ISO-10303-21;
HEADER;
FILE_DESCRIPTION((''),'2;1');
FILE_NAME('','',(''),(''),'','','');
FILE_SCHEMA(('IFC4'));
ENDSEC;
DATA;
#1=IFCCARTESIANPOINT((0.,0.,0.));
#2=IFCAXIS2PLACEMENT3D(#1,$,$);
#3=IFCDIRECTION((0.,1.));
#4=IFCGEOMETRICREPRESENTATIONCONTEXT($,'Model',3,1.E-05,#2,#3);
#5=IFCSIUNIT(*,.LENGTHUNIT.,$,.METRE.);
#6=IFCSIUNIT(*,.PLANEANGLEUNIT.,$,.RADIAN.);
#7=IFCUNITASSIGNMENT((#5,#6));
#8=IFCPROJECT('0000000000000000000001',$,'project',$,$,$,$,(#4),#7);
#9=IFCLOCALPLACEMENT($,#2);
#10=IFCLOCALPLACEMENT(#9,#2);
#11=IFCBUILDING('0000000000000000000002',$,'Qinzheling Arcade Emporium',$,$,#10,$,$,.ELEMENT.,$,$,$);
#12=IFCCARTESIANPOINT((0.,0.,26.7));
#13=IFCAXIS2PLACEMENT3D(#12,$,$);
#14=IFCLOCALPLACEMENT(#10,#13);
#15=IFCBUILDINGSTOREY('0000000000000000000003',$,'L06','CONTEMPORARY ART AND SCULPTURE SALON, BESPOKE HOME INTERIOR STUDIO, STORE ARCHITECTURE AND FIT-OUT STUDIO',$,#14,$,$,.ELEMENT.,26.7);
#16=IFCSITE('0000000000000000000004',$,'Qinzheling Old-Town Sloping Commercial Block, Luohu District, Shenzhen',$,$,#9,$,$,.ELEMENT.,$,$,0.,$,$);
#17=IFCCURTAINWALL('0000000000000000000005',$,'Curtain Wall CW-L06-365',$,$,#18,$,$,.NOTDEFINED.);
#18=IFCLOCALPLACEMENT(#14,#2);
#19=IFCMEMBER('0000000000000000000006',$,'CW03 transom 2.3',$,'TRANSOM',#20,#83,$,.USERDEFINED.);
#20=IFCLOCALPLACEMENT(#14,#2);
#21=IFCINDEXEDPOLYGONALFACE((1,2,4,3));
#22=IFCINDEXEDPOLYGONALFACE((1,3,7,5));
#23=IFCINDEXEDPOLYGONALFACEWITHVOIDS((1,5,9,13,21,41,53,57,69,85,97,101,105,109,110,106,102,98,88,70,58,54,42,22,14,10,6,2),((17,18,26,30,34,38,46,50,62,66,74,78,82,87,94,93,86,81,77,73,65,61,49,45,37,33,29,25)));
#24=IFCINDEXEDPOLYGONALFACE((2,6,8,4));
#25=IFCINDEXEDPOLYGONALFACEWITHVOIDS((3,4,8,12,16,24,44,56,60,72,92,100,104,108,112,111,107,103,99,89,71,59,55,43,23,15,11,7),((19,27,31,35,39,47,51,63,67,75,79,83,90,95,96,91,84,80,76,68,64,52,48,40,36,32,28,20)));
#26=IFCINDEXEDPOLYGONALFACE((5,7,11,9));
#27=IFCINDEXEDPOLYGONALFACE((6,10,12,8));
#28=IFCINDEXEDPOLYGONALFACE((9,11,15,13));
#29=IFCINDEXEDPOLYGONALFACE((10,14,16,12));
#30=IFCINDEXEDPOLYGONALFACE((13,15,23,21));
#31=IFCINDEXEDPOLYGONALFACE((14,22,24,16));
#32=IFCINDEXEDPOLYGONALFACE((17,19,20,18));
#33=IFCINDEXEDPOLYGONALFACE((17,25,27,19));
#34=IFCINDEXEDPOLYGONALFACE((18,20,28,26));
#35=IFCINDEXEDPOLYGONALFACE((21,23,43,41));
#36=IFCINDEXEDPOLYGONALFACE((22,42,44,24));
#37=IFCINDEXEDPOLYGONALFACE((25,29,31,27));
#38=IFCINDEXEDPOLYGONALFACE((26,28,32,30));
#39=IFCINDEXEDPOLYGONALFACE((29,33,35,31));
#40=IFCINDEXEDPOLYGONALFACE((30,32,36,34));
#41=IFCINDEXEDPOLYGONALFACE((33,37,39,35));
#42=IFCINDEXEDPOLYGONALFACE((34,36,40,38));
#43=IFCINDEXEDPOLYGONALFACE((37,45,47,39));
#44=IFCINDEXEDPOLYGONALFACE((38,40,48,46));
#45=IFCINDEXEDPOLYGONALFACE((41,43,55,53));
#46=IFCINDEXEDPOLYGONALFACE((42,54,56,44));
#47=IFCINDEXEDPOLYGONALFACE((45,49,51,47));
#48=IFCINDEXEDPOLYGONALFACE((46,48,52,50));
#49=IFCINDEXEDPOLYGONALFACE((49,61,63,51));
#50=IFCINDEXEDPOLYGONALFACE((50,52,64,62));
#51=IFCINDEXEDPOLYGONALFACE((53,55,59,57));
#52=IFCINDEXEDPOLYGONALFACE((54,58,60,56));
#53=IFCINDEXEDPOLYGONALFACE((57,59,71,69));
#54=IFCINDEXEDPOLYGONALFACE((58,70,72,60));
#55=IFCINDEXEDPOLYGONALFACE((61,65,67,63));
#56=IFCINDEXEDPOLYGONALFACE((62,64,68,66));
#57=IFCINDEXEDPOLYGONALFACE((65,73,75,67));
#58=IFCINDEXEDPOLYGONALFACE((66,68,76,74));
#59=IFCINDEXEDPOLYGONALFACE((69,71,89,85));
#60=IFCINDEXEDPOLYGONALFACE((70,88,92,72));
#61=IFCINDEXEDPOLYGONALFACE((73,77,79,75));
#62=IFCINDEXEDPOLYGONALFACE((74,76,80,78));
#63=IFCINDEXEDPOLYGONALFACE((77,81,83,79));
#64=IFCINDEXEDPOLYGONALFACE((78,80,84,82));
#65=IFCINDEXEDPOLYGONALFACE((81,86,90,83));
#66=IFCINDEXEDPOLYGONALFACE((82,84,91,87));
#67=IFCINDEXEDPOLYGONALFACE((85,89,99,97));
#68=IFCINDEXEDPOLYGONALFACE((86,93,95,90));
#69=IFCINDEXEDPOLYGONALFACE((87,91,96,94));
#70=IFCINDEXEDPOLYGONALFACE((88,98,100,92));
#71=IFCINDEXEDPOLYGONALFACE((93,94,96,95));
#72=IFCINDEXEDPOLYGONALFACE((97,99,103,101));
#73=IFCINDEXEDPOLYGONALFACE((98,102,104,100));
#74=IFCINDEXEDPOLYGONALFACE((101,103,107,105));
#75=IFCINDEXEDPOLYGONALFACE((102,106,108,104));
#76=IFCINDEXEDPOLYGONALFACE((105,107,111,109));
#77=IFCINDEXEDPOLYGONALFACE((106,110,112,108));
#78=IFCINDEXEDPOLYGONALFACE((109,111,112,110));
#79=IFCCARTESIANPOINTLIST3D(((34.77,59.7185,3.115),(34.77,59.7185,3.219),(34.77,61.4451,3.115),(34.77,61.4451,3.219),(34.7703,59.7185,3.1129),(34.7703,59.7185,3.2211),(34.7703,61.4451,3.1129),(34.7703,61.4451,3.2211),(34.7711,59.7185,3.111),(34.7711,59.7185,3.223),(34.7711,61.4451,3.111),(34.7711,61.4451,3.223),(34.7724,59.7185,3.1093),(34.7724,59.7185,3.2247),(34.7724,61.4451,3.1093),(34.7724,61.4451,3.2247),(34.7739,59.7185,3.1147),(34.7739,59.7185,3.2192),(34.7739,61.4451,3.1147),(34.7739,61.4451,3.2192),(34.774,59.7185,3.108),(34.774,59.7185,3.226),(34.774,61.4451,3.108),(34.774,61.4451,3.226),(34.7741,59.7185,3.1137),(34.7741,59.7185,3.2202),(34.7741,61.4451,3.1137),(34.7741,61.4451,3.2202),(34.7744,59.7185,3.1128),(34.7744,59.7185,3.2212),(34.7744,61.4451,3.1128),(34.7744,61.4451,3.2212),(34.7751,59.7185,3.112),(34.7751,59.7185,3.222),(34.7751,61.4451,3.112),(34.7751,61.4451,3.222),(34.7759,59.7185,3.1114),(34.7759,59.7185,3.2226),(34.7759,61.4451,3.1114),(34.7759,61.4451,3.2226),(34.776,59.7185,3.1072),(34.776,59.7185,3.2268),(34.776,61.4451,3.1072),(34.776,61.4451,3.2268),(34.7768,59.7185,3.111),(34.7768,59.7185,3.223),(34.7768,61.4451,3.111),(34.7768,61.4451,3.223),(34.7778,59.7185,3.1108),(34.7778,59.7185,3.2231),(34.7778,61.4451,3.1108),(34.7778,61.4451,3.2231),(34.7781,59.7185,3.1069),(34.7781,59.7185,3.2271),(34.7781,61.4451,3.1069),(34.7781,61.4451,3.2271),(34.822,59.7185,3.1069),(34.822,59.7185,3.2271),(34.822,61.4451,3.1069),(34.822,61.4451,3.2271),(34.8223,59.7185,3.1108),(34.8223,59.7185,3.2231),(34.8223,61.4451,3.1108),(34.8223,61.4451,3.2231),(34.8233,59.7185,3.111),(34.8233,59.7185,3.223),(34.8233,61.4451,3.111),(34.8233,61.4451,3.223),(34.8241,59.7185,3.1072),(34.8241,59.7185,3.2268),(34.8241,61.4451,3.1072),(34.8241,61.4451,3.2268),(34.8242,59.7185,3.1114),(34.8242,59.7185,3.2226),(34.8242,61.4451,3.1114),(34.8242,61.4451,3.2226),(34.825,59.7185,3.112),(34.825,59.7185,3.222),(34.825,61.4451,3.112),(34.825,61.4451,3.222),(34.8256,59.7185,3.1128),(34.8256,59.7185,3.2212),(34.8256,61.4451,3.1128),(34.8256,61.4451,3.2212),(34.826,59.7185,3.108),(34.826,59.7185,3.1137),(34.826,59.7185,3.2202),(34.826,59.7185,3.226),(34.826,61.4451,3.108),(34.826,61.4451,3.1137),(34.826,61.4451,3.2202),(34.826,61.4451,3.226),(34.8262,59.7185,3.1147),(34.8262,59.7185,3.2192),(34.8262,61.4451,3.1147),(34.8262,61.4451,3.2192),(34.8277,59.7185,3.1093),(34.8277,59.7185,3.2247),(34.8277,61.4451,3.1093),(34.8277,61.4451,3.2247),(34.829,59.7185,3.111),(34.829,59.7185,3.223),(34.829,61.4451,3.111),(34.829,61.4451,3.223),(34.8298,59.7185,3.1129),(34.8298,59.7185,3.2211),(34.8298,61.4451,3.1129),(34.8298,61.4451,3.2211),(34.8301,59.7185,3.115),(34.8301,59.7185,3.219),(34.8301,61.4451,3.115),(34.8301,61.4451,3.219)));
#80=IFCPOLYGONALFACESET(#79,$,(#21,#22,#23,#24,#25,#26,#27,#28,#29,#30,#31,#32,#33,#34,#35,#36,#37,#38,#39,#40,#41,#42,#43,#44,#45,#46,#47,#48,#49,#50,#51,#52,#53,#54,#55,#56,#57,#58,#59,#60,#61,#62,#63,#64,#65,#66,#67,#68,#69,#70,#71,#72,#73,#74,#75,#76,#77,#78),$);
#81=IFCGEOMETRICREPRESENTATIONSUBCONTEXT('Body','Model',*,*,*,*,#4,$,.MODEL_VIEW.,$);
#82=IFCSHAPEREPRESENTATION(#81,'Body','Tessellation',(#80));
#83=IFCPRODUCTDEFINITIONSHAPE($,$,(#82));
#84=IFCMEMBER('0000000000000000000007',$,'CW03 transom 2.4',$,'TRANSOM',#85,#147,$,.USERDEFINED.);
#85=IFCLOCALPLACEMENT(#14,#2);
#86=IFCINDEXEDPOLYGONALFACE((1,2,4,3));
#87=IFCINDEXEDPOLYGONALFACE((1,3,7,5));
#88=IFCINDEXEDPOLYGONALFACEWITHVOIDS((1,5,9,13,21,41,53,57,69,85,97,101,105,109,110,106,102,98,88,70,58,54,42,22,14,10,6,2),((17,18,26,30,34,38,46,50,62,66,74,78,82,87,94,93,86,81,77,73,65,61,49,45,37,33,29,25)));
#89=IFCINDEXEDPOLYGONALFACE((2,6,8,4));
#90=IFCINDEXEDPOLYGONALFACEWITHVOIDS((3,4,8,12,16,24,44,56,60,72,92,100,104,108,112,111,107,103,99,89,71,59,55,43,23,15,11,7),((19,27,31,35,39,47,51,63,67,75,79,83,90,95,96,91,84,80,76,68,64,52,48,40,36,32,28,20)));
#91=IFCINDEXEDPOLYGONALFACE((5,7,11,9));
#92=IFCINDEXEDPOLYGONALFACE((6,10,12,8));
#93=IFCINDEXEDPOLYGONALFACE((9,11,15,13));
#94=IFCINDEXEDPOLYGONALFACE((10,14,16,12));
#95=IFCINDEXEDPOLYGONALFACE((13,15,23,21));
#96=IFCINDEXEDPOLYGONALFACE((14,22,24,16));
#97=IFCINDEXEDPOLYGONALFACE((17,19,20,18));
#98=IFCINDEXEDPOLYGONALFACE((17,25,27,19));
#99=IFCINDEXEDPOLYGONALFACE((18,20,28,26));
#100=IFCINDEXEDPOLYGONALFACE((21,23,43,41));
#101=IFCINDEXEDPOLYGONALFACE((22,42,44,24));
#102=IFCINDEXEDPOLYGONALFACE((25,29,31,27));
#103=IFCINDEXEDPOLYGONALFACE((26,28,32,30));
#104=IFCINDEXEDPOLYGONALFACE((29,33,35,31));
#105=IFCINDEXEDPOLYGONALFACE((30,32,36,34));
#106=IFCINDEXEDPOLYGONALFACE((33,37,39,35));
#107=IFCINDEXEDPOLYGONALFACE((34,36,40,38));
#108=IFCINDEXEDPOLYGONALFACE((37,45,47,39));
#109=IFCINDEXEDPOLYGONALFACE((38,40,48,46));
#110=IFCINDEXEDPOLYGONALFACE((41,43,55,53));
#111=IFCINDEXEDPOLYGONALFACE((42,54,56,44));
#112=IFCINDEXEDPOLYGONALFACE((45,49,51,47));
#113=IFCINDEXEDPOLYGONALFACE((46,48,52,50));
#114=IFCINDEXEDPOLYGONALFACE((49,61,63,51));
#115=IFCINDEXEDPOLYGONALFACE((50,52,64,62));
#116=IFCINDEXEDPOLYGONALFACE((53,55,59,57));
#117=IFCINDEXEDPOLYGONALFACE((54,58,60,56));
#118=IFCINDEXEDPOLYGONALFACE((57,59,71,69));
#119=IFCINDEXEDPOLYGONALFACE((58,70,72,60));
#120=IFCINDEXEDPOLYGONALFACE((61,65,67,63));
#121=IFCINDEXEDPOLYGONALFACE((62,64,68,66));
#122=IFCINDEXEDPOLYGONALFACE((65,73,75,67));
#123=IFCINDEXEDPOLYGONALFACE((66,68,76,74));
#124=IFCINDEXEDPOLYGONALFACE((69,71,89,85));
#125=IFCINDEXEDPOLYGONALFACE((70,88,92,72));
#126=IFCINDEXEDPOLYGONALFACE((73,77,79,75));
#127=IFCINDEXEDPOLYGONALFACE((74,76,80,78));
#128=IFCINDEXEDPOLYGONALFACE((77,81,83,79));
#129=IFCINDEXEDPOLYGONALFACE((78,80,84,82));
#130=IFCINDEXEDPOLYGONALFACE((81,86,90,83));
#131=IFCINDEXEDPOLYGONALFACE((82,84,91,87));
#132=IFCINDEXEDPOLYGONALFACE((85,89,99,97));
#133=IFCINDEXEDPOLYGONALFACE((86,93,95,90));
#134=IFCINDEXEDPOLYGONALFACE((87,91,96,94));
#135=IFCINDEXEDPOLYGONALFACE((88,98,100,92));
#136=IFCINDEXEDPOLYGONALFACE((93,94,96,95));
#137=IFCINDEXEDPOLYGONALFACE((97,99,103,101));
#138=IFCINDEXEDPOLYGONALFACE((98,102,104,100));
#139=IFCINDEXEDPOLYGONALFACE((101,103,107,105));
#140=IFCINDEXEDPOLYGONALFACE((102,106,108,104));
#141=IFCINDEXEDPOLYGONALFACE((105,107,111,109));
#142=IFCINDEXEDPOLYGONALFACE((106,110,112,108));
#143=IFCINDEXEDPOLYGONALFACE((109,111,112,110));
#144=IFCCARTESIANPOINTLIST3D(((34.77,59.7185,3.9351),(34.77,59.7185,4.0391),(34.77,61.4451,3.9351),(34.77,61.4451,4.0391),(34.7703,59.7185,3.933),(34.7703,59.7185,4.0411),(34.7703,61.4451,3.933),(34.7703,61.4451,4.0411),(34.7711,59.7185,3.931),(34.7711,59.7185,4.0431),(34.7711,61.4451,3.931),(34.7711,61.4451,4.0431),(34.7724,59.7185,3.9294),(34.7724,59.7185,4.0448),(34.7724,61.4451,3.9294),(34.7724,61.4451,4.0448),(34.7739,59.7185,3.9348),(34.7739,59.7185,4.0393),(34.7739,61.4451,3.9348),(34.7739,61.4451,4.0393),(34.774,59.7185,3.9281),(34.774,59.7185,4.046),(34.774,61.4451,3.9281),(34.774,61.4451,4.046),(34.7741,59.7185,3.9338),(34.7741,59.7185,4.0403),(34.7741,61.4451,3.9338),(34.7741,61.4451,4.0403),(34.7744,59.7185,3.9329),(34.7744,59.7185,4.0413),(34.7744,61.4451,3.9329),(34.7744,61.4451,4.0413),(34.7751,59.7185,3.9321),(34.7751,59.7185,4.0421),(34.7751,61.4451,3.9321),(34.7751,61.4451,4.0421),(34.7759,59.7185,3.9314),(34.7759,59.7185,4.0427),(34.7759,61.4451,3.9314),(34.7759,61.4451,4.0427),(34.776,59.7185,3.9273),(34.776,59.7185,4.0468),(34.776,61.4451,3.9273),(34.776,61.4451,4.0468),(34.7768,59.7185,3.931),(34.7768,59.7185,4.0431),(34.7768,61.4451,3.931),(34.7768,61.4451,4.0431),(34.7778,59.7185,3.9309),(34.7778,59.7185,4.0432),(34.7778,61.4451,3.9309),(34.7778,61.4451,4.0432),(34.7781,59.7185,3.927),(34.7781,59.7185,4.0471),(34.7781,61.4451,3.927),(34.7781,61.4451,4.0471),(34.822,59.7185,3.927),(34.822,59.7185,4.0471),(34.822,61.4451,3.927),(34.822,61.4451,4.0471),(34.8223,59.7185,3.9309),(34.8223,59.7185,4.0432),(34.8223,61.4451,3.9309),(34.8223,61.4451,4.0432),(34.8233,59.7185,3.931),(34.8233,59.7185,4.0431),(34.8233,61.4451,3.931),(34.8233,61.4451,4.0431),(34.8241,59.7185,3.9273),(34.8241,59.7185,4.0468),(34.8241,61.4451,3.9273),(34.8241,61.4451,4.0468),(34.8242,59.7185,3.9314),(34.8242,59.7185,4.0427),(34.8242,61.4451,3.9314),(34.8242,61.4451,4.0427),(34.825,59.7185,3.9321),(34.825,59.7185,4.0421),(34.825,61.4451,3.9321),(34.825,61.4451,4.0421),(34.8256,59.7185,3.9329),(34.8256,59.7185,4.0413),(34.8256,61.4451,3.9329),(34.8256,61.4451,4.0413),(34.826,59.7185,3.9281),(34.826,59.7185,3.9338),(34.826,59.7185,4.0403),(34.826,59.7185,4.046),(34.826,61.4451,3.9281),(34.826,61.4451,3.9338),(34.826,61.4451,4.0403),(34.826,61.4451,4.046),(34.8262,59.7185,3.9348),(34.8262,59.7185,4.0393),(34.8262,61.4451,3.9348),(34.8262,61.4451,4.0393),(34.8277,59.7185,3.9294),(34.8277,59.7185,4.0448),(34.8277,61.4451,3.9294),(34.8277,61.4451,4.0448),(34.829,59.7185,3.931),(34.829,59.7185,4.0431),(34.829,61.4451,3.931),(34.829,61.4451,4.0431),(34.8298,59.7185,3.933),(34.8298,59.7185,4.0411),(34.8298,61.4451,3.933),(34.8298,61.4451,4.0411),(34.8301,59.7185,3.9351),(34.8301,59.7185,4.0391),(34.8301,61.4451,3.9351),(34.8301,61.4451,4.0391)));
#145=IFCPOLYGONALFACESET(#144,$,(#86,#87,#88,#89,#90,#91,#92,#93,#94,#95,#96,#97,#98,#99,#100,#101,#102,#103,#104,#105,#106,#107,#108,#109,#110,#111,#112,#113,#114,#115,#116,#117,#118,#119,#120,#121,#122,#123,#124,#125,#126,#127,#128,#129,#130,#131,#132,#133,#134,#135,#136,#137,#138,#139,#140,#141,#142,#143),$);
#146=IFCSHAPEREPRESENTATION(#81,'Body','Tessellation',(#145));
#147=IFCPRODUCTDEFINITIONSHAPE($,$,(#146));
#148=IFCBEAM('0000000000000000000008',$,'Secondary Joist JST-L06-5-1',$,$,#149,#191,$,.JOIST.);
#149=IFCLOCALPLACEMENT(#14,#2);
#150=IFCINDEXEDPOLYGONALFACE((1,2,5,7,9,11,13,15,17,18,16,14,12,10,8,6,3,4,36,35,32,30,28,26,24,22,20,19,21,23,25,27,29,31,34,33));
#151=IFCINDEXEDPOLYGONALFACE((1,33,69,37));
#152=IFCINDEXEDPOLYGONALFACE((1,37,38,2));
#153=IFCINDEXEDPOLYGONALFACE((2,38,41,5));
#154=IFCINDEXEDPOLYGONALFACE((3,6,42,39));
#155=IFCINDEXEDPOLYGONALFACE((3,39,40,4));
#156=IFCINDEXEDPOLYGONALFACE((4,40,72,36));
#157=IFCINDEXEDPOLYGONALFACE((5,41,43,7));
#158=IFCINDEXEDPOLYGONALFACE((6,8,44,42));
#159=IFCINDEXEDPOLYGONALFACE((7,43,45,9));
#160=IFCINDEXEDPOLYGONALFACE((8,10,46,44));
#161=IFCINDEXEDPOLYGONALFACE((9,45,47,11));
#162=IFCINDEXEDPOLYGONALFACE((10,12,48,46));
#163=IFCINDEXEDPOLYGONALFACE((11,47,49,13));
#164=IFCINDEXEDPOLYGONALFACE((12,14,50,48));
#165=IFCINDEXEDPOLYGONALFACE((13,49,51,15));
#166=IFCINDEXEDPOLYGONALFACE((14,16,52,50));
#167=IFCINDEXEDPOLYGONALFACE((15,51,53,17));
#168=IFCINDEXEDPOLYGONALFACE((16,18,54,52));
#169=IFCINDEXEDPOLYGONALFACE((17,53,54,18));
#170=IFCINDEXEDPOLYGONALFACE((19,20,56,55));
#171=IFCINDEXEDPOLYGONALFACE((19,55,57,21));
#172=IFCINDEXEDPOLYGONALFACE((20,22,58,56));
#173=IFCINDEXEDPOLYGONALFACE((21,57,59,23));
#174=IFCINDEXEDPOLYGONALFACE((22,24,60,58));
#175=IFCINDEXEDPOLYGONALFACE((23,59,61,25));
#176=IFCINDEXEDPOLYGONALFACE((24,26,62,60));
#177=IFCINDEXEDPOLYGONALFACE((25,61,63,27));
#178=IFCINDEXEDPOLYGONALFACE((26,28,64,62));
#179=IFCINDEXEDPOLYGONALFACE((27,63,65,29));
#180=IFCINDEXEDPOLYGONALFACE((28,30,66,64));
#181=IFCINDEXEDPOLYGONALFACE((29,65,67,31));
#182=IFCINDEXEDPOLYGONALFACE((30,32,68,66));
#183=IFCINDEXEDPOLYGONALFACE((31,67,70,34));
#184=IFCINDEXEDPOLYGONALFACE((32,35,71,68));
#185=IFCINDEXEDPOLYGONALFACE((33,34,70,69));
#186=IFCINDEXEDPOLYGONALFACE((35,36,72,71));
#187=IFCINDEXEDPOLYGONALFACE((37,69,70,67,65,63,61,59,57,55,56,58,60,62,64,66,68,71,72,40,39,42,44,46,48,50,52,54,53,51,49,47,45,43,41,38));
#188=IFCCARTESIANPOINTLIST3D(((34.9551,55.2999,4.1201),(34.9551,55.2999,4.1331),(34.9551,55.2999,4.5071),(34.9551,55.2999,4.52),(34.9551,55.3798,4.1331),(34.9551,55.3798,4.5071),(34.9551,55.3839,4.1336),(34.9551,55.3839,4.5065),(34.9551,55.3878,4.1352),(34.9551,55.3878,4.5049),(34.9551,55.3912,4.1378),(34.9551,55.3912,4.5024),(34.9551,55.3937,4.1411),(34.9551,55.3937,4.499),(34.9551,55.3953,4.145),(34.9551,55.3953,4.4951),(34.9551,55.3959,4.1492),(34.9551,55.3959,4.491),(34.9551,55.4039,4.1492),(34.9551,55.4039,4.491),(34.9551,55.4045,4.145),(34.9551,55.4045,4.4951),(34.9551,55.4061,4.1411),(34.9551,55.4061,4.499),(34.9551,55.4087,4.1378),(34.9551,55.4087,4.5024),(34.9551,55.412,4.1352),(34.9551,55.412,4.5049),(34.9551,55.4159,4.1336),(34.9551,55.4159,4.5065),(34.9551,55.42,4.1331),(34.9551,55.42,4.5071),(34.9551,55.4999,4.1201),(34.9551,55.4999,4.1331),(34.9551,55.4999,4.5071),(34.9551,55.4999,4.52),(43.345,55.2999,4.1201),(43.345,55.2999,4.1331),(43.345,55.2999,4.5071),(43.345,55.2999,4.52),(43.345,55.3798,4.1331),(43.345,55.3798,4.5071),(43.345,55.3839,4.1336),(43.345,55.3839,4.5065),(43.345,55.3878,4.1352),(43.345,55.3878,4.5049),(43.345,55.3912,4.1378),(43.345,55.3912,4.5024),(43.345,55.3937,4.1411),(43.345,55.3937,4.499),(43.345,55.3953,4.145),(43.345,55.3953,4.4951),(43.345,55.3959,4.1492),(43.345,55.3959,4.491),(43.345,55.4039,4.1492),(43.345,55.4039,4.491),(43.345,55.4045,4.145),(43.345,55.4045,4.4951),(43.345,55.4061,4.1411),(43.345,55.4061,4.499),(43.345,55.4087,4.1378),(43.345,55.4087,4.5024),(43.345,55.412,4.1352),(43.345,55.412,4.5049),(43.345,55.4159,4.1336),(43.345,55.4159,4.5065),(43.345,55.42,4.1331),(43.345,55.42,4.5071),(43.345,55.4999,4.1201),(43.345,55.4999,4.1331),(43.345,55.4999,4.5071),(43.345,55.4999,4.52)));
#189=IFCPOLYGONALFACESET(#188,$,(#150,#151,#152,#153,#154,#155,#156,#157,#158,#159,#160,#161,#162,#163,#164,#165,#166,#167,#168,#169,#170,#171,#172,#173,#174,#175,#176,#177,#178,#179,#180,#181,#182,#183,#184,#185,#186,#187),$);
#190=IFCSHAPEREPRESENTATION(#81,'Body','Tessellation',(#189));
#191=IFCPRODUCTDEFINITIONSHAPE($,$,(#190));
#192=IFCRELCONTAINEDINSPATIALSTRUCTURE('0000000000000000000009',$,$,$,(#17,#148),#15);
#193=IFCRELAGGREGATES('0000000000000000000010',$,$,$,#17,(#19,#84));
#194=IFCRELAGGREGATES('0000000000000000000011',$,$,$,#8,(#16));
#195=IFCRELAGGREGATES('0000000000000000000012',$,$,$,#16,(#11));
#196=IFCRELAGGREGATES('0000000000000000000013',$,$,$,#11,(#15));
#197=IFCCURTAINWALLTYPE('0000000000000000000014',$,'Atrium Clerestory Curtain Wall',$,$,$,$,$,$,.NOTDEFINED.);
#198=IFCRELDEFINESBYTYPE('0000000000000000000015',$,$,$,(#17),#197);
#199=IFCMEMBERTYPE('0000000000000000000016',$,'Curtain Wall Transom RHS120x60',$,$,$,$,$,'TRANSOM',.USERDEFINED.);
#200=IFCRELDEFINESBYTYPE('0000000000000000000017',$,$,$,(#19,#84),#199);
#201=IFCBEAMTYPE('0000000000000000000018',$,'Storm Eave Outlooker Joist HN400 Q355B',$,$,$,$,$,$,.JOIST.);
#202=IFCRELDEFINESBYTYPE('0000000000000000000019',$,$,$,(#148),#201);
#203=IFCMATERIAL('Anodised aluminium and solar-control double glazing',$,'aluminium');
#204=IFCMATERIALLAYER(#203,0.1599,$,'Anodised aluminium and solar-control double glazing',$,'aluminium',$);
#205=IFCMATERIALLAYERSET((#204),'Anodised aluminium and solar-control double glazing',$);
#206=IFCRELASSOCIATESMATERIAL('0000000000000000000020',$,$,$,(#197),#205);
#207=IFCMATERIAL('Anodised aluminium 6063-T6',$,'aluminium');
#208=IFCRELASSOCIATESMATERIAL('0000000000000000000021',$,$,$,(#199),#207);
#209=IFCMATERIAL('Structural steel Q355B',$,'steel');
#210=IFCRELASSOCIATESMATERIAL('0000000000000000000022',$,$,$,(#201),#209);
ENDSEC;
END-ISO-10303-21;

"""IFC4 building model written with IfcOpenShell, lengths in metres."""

from ifc_helpers import new_model, si_unit, direction, frame, origin, origin_2d, place, context, subcontext, project, spatial, hollow_rectangle, i_section, extrude, material, layer, layer_set, material_profile, profile_set, type_object, element, aggregate, save


model = new_model("IFC4")

# Units and contexts
model_context = context("Model", 3, precision=1e-05, world=origin(), true_north=direction((0.0, 1.0)))
body_context = subcontext(model_context, "Body", "Model", "MODEL_VIEW")
ifc_project = project(units=[si_unit("LENGTHUNIT", "METRE"), si_unit("PLANEANGLEUNIT", "RADIAN")], contexts=[model_context])

# Site, building, storey
site_placement = place(None, origin())
site = spatial("IfcSite", under=ifc_project, at=site_placement, Name="Qinzheling Old-Town Sloping Commercial Block, Luohu District, Shenzhen", CompositionType="ELEMENT", RefElevation=0.0)
building_placement = place(site_placement, origin())
building = spatial("IfcBuilding", under=site, at=building_placement, Name="Qinzheling Arcade Emporium", CompositionType="ELEMENT")
storey_placement = place(building_placement, frame((0.0, 0.0, 26.7)))
storey = spatial("IfcBuildingStorey", under=building, at=storey_placement, Name="L06", Description="CONTEMPORARY ART AND SCULPTURE SALON, BESPOKE HOME INTERIOR STUDIO, STORE ARCHITECTURE AND FIT-OUT STUDIO", CompositionType="ELEMENT", Elevation=26.7)

# Shared definitions
ifc_material_1 = material(Name="Structural steel Q355B", Category="steel")

# Curtain wall
ifc_material_2 = material(Name="Anodised aluminium and solar-control double glazing", Category="aluminium")
ifc_layer_1 = layer(ifc_material_2, 0.1599, Name="Anodised aluminium and solar-control double glazing", Category="aluminium")
ifc_layer_set_1 = layer_set([ifc_layer_1], Name="Anodised aluminium and solar-control double glazing")
curtain_wall_type = type_object("IfcCurtainWallType", Name="Atrium Clerestory Curtain Wall", PredefinedType="NOTDEFINED", material=ifc_layer_set_1)
ifc_material_3 = material(Name="Anodised aluminium 6063-T6", Category="aluminium")
curtain_wall_1_placement = place(storey_placement, origin())
curtain_wall_1 = element("IfcCurtainWall", 1, at=curtain_wall_1_placement, inside=storey, type_object=curtain_wall_type, Name="Curtain Wall CW-L06-365", PredefinedType="NOTDEFINED")

# Members
ifc_material_profile_1 = material_profile(ifc_material_3, hollow_rectangle(XDim=0.0601, YDim=0.1201, WallThickness=0.0039, InnerFilletRadius=0.0039, OuterFilletRadius=0.0081, at=origin_2d()), Name="RHS 120x60x4", Category="aluminium")
ifc_profile_set_1 = profile_set([ifc_material_profile_1], Name="Anodised aluminium 6063-T6")
member_type_1 = type_object("IfcMemberType", Name="Curtain Wall Transom RHS120x60", ElementType="TRANSOM", PredefinedType="USERDEFINED", material=ifc_profile_set_1)
member_1_placement = place(storey_placement, frame((34.8, 59.7185, 3.167), z_axis=(0.0, 1.0, 0.0), x_axis=(-1.0, 0.0, 0.0)))
member_1 = element("IfcMember", 2, at=member_1_placement, type_object=member_type_1, Name="CW03 transom 2.3", ObjectType="TRANSOM", PredefinedType="USERDEFINED", context=body_context, shape_type="SweptSolid", body=[
    extrude(hollow_rectangle(XDim=0.0601, YDim=0.1201, WallThickness=0.0039, InnerFilletRadius=0.0039, OuterFilletRadius=0.0081, at=origin_2d()), origin(), (0.0, 0.0, 1.0), 1.7266),
])
member_2_placement = place(storey_placement, frame((34.8, 59.7185, 3.9871), z_axis=(0.0, 1.0, 0.0), x_axis=(-1.0, 0.0, 0.0)))
member_2 = element("IfcMember", 3, at=member_2_placement, type_object=member_type_1, Name="CW03 transom 2.4", ObjectType="TRANSOM", PredefinedType="USERDEFINED", context=body_context, shape_type="SweptSolid", body=[
    extrude(hollow_rectangle(XDim=0.0601, YDim=0.1201, WallThickness=0.0039, InnerFilletRadius=0.0039, OuterFilletRadius=0.0081, at=origin_2d()), origin(), (0.0, 0.0, 1.0), 1.7266),
])

# Beam
ifc_material_profile_2 = material_profile(ifc_material_1, i_section(OverallWidth=0.2, OverallDepth=0.3999, WebThickness=0.0081, FlangeThickness=0.0129, FilletRadius=0.0161, at=origin_2d()), Name="HN 400x200x8x13", Category="steel")
ifc_profile_set_2 = profile_set([ifc_material_profile_2], Name="Structural steel Q355B")
beam_type_1 = type_object("IfcBeamType", Name="Storm Eave Outlooker Joist HN400 Q355B", PredefinedType="JOIST", material=ifc_profile_set_2)
beam_1_placement = place(storey_placement, frame((34.9551, 55.3999, 4.3201), z_axis=(1.0, 0.0, 0.0), x_axis=(0.0, 1.0, 0.0)))
element("IfcBeam", 4, at=beam_1_placement, inside=storey, type_object=beam_type_1, Name="Secondary Joist JST-L06-5-1", PredefinedType="JOIST", context=body_context, shape_type="SweptSolid", body=[
    extrude(i_section(OverallWidth=0.2, OverallDepth=0.3999, WebThickness=0.0081, FlangeThickness=0.0129, FilletRadius=0.0161, at=origin_2d()), origin(), (0.0, 0.0, 1.0), 8.3899),
])

aggregate(curtain_wall_1, [member_1, member_2])

save(model, "model.ifc")
